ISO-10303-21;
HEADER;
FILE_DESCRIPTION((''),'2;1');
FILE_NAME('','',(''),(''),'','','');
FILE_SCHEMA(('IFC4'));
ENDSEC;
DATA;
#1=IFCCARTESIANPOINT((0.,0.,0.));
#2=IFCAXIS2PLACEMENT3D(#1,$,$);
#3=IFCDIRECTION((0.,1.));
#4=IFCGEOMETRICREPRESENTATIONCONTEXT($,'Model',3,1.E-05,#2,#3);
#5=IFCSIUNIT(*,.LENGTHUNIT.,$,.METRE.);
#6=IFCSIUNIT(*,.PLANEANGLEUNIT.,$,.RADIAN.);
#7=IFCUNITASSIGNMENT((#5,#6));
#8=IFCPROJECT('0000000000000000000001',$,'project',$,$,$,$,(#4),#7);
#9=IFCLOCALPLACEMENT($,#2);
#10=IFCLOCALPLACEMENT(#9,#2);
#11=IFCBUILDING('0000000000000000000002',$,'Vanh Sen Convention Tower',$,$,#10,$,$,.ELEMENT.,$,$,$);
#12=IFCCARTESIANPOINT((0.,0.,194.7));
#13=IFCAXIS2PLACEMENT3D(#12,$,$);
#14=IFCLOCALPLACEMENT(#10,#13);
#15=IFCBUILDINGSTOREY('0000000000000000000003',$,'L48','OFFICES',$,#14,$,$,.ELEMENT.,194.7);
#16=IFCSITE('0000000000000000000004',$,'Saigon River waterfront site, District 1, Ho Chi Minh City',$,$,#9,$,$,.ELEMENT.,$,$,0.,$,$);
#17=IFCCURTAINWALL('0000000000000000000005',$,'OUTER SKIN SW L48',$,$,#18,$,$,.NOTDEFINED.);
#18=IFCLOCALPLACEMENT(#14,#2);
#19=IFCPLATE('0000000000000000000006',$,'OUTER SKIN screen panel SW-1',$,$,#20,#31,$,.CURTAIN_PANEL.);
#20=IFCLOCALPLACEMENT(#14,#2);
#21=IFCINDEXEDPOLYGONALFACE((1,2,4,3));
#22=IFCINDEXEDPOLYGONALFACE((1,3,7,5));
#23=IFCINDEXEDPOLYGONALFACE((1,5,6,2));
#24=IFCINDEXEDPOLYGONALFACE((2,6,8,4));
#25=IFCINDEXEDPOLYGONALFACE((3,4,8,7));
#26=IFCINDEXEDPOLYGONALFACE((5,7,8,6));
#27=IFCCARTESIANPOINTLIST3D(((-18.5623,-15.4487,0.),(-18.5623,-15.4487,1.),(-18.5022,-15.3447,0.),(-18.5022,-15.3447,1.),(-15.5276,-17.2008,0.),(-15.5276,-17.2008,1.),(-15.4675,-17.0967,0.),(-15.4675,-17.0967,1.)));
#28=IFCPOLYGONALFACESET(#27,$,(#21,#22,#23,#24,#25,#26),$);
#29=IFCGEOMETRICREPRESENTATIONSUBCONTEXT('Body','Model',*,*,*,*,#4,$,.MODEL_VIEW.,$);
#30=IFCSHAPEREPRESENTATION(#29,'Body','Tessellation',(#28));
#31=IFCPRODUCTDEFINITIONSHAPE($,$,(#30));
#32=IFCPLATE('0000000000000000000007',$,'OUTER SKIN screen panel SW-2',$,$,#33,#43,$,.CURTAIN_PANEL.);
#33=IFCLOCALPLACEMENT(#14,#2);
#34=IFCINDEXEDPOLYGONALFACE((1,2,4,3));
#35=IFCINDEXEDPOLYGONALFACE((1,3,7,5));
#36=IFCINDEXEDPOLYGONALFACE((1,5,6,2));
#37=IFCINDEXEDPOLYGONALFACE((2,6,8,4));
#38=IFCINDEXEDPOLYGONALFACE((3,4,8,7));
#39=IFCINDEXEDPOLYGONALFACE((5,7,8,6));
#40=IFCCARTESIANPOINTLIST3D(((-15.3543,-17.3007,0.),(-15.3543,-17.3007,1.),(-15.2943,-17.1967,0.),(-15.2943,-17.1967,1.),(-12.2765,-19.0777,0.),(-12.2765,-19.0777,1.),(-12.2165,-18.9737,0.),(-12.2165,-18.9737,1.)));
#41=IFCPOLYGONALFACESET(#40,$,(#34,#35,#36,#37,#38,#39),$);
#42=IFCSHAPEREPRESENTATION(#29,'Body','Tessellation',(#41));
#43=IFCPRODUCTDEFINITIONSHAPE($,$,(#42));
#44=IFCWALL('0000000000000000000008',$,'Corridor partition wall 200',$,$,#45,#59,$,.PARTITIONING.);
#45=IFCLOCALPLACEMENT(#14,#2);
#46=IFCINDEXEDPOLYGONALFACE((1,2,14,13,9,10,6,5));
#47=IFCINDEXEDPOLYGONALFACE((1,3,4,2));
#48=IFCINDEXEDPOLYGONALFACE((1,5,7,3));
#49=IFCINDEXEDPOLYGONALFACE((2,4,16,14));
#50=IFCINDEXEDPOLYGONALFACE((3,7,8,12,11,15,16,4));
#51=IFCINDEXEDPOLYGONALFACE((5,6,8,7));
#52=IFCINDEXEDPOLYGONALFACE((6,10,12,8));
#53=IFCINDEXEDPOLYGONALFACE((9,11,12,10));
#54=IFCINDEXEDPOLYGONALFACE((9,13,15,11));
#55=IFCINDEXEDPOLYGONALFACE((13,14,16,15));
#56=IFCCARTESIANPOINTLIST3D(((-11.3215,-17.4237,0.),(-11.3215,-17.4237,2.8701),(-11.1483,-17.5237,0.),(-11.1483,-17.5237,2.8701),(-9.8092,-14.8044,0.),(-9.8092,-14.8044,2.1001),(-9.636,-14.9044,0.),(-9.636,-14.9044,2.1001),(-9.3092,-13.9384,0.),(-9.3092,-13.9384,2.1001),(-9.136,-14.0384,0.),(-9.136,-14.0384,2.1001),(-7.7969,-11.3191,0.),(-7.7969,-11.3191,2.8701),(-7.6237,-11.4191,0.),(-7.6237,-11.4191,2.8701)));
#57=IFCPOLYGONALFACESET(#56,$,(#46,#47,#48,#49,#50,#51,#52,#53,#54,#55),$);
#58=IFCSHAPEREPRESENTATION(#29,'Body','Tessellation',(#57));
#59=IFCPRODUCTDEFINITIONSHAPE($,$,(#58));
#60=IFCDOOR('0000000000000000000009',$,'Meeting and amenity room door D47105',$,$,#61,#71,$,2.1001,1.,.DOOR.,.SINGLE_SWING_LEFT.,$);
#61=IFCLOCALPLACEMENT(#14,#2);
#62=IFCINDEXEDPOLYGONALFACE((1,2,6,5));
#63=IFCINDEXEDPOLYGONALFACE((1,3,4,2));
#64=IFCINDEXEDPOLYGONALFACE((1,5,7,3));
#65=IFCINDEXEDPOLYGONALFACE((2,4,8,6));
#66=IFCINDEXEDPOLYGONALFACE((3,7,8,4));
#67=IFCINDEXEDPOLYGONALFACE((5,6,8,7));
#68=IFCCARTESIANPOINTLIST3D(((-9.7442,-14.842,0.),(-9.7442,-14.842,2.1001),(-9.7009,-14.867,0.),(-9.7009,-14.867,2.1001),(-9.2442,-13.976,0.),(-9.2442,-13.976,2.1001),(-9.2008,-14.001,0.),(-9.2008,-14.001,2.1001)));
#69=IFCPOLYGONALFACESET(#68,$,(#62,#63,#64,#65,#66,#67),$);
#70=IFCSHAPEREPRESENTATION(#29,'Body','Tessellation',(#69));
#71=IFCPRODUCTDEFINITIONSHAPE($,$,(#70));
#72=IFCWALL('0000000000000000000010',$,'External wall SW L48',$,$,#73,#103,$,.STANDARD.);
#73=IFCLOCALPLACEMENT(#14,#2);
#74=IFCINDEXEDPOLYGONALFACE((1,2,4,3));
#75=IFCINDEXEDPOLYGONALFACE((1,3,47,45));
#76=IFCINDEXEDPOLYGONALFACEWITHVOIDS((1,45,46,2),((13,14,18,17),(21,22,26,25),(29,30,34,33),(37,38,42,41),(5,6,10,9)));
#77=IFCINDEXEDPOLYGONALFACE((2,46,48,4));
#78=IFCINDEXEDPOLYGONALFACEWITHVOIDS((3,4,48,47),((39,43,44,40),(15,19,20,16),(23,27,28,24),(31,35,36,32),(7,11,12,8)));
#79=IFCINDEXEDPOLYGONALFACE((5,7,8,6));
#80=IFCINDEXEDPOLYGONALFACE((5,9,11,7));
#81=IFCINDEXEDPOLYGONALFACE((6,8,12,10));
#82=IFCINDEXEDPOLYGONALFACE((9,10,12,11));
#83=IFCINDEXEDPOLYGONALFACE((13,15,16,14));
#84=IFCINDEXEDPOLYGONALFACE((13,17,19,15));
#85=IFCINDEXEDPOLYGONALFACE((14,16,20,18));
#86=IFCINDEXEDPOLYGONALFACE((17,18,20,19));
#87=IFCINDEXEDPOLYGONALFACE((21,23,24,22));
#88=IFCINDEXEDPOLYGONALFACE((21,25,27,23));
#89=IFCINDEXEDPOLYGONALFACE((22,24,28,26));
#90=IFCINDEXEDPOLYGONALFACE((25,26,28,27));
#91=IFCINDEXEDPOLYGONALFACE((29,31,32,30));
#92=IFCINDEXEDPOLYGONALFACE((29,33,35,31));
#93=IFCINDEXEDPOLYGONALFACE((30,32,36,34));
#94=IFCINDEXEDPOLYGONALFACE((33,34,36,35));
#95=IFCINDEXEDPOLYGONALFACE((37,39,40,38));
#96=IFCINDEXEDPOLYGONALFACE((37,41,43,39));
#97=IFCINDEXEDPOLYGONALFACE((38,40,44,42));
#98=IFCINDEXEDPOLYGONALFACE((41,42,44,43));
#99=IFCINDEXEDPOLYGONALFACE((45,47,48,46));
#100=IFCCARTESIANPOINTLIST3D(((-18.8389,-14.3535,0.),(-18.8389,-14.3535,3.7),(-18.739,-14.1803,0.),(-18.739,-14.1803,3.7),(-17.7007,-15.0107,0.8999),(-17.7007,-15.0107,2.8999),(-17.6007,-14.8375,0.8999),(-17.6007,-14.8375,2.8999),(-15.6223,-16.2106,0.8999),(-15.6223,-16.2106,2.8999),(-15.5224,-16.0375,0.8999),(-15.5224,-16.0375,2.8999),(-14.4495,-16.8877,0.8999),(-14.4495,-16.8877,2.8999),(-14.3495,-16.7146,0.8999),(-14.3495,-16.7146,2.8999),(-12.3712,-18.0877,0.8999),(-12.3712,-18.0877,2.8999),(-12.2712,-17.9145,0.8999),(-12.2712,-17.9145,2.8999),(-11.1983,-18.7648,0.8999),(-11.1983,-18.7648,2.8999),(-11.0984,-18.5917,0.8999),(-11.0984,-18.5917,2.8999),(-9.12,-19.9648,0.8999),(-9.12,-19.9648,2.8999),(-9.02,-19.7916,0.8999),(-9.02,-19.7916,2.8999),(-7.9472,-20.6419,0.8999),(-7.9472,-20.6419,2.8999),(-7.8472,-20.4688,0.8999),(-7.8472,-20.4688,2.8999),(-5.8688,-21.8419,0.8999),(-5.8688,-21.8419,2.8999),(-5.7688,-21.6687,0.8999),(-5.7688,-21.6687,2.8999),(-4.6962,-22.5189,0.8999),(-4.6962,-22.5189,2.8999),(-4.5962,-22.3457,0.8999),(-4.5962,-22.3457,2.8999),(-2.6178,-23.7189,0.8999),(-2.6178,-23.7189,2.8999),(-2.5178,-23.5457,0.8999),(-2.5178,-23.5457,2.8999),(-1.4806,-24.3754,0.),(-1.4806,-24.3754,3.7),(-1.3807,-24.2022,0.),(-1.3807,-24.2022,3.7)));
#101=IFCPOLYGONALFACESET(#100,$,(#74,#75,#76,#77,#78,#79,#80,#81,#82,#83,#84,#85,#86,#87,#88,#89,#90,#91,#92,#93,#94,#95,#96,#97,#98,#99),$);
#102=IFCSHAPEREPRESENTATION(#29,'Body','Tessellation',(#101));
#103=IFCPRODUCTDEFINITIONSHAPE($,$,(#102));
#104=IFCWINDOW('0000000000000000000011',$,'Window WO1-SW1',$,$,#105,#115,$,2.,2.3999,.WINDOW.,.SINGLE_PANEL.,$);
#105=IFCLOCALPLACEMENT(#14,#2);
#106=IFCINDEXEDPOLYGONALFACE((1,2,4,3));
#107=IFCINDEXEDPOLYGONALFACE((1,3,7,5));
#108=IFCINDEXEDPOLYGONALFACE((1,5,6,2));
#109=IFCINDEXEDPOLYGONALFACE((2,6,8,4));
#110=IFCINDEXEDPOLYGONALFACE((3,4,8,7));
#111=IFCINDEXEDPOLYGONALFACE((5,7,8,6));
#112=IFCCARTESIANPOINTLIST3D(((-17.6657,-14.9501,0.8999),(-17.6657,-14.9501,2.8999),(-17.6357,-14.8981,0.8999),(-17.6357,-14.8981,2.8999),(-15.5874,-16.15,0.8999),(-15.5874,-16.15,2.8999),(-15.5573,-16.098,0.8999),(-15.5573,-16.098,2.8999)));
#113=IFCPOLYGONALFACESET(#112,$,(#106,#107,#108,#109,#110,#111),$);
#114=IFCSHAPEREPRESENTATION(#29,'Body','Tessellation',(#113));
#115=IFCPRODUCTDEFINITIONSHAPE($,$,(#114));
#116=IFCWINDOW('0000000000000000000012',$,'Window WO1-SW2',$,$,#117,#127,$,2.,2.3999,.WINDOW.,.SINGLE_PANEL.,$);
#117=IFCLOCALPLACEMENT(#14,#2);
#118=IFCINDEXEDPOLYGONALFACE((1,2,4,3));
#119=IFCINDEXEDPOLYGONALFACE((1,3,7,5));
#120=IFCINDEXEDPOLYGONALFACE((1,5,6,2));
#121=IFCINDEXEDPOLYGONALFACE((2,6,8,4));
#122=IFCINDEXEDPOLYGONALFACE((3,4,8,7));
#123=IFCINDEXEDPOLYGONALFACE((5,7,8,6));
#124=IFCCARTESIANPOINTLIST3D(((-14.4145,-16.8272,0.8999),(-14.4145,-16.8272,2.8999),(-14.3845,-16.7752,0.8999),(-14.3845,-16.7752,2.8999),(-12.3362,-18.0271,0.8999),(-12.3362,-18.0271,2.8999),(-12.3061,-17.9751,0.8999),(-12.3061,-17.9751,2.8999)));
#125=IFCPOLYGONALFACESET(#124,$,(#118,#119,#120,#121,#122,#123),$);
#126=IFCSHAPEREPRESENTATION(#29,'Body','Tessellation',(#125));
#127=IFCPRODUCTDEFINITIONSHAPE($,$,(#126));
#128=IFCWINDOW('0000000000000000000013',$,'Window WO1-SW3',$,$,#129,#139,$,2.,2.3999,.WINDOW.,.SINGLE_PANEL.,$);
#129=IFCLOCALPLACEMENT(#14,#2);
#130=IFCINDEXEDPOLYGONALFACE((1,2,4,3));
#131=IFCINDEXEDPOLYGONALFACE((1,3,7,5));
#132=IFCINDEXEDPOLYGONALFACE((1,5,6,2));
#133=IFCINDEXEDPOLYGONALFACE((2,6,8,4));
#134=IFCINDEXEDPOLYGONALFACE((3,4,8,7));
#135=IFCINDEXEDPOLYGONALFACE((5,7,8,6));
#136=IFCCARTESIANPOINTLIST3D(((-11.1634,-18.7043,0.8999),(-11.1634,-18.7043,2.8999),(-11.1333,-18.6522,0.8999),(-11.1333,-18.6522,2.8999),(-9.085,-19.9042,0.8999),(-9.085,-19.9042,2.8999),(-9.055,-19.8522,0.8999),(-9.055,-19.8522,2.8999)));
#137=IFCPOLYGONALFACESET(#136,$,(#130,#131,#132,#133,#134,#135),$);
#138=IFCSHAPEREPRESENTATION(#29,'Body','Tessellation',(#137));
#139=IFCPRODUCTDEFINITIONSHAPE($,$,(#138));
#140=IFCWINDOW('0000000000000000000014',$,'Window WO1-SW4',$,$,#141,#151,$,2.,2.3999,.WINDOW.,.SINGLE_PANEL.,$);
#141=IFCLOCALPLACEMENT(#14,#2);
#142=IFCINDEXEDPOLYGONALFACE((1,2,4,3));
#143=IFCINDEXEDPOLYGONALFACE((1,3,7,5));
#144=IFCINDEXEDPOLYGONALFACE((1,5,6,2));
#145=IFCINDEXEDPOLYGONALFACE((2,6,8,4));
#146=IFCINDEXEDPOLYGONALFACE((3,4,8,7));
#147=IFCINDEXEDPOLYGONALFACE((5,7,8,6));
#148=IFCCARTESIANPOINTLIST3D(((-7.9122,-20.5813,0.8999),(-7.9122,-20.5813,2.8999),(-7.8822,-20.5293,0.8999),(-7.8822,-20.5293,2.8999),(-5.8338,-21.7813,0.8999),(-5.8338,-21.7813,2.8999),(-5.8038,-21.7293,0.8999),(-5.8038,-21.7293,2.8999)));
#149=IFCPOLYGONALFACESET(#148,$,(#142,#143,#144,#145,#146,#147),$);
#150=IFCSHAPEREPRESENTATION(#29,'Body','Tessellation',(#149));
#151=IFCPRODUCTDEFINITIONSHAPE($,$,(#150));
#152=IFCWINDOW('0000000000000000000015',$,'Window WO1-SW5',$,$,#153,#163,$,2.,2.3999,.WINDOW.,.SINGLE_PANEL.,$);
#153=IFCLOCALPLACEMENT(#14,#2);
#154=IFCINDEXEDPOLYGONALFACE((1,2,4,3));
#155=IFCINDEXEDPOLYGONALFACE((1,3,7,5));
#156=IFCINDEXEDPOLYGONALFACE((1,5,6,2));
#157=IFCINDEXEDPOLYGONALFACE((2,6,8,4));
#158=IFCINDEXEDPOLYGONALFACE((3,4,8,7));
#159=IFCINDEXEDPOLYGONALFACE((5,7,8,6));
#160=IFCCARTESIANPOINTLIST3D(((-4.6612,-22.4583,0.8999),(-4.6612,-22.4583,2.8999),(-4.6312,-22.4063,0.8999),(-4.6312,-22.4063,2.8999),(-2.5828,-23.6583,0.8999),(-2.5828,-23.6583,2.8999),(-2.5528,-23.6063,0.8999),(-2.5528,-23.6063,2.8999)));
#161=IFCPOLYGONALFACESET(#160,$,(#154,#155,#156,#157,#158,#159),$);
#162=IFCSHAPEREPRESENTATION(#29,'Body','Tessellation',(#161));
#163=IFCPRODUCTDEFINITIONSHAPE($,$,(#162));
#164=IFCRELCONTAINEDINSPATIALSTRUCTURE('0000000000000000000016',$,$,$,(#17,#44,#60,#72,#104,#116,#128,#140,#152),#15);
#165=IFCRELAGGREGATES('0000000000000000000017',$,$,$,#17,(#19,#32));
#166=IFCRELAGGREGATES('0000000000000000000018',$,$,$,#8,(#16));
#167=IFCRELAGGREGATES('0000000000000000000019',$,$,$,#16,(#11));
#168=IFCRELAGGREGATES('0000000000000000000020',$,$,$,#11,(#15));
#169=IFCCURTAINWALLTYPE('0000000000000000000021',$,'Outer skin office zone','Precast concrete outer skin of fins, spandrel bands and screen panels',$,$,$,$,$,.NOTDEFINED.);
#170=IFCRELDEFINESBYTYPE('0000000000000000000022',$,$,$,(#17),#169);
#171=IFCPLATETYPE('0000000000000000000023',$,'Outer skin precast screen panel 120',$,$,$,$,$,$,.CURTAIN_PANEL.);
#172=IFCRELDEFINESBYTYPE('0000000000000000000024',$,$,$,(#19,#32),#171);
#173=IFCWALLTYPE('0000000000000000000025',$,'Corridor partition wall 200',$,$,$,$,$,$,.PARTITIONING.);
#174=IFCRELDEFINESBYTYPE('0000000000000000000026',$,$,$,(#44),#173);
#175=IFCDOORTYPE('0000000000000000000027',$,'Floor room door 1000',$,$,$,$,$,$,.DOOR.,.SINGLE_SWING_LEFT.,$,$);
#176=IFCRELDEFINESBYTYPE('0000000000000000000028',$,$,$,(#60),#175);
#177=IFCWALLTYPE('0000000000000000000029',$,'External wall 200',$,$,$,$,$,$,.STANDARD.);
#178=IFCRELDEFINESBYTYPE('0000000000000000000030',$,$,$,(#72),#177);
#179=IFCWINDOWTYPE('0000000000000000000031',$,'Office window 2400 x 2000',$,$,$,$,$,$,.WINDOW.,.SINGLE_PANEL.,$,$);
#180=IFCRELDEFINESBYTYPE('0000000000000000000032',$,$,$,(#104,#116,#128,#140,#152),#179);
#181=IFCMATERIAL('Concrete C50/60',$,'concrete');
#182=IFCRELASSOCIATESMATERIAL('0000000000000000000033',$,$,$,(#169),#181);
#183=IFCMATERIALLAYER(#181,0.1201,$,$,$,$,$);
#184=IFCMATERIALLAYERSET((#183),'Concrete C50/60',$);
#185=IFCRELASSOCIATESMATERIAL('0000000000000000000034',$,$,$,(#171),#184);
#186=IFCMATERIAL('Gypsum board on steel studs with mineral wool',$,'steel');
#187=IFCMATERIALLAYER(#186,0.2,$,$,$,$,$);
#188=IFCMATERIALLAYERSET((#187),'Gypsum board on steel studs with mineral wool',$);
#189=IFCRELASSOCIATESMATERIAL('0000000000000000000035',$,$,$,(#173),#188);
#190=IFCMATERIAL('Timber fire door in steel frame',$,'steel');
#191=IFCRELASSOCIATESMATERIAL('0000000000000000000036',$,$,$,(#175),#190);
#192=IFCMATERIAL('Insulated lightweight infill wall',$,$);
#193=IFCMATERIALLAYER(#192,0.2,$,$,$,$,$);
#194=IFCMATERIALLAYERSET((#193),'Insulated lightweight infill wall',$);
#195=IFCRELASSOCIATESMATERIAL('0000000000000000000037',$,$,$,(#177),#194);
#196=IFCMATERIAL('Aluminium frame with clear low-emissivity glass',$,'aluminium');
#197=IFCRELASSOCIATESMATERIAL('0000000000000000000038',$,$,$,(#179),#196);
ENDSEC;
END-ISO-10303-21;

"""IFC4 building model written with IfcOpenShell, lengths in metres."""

from ifc_helpers import new_model, si_unit, direction, frame, frame_2d, origin, origin_2d, place, context, subcontext, project, spatial, rectangle, extrude, material, layer, layer_set, type_object, element, fill, aggregate, save


model = new_model("IFC4")

# Units and contexts
model_context = context("Model", 3, precision=1e-05, world=origin(), true_north=direction((0.0, 1.0)))
body_context = subcontext(model_context, "Body", "Model", "MODEL_VIEW")
ifc_project = project(units=[si_unit("LENGTHUNIT", "METRE"), si_unit("PLANEANGLEUNIT", "RADIAN")], contexts=[model_context])

# Site, building, storey
site_placement = place(None, origin())
site = spatial("IfcSite", under=ifc_project, at=site_placement, Name="Saigon River waterfront site, District 1, Ho Chi Minh City", CompositionType="ELEMENT", RefElevation=0.0)
building_placement = place(site_placement, origin())
building = spatial("IfcBuilding", under=site, at=building_placement, Name="Vanh Sen Convention Tower", CompositionType="ELEMENT")
storey_placement = place(building_placement, frame((0.0, 0.0, 194.7)))
storey = spatial("IfcBuildingStorey", under=building, at=storey_placement, Name="L48", Description="OFFICES", CompositionType="ELEMENT", Elevation=194.7)

# Curtain wall
ifc_material_1 = material(Name="Concrete C50/60", Category="concrete")
curtain_wall_type = type_object("IfcCurtainWallType", Name="Outer skin office zone", Description="Precast concrete outer skin of fins, spandrel bands and screen panels", PredefinedType="NOTDEFINED", material=ifc_material_1)
curtain_wall_1_placement = place(storey_placement, origin())
curtain_wall_1 = element("IfcCurtainWall", 1, at=curtain_wall_1_placement, inside=storey, type_object=curtain_wall_type, Name="OUTER SKIN SW L48", PredefinedType="NOTDEFINED")

# Shared definitions
ifc_layer_1 = layer(ifc_material_1, 0.1201)
ifc_layer_set_1 = layer_set([ifc_layer_1], Name="Concrete C50/60")
plate_type = type_object("IfcPlateType", Name="Outer skin precast screen panel 120", PredefinedType="CURTAIN_PANEL", material=ifc_layer_set_1)

# Plates
plate_1_placement = place(storey_placement, frame((-17.0149, -16.2727, 0.0), z_axis=(0.0, 0.0, 1.0), x_axis=(0.866024, -0.500003, 0.0)))
plate_1 = element("IfcPlate", 2, at=plate_1_placement, type_object=plate_type, Name="OUTER SKIN screen panel SW-1", PredefinedType="CURTAIN_PANEL", context=body_context, shape_type="SweptSolid", body=[
    extrude(rectangle(XDim=3.5042, YDim=0.1201, at=origin_2d()), origin(), (0.0, 0.0, 1.0), 1.0),
])
plate_2_placement = place(storey_placement, frame((-13.7854, -18.1372, 0.0), z_axis=(0.0, 0.0, 1.0), x_axis=(0.866028, -0.499995, 0.0)))
plate_2 = element("IfcPlate", 3, at=plate_2_placement, type_object=plate_type, Name="OUTER SKIN screen panel SW-2", PredefinedType="CURTAIN_PANEL", context=body_context, shape_type="SweptSolid", body=[
    extrude(rectangle(XDim=3.554, YDim=0.1201, at=origin_2d()), origin(), (0.0, 0.0, 1.0), 1.0),
])
aggregate(curtain_wall_1, [plate_1, plate_2])

# Wall, opening, door
ifc_material_2 = material(Name="Gypsum board on steel studs with mineral wool", Category="steel")
ifc_layer_2 = layer(ifc_material_2, 0.2)
ifc_layer_set_2 = layer_set([ifc_layer_2], Name="Gypsum board on steel studs with mineral wool")
wall_type_1 = type_object("IfcWallType", Name="Corridor partition wall 200", PredefinedType="PARTITIONING", material=ifc_layer_set_2)
wall_1_placement = place(storey_placement, frame((-11.2349, -17.4736, 0.0), z_axis=(0.0, 0.0, 1.0), x_axis=(0.500009, 0.86602, 0.0)))
wall_1 = element("IfcWall", 4, at=wall_1_placement, inside=storey, type_object=wall_type_1, Name="Corridor partition wall 200", PredefinedType="PARTITIONING", context=body_context, shape_type="SweptSolid", body=[
    extrude(rectangle(XDim=7.0491, YDim=0.2, at=frame_2d((3.5244, 0.0))), origin(), (0.0, 0.0, 1.0), 2.8701),
])
opening_1_placement = place(wall_1_placement, frame((3.0244, 0.0, 0.0)))
opening_1 = element("IfcOpeningElement", 5, at=opening_1_placement, cuts=wall_1, PredefinedType="OPENING", context=body_context, shape_type="SweptSolid", body=[
    extrude(rectangle(XDim=1.0, YDim=2.1001, at=frame_2d((0.5, 1.05))), frame((0.0, 0.1099, 0.0), z_axis=(0.0, -1.0, 0.0), x_axis=(1.0, 0.0, 0.0)), (0.0, 0.0, 1.0), 0.22),
])
ifc_material_3 = material(Name="Timber fire door in steel frame", Category="steel")
door_type = type_object("IfcDoorType", Name="Floor room door 1000", OperationType="SINGLE_SWING_LEFT", PredefinedType="DOOR", material=ifc_material_3)
door_placement = place(opening_1_placement, origin())
door = element("IfcDoor", 6, at=door_placement, inside=storey, type_object=door_type, Name="Meeting and amenity room door D47105", OperationType="SINGLE_SWING_LEFT", OverallHeight=2.1001, OverallWidth=1.0, PredefinedType="DOOR", context=body_context, shape_type="SweptSolid", body=[
    extrude(rectangle(XDim=1.0, YDim=2.1001, at=frame_2d((0.5, 1.05))), frame((0.0, 0.0249, 0.0), z_axis=(0.0, -1.0, 0.0), x_axis=(1.0, 0.0, 0.0)), (0.0, 0.0, 1.0), 0.05),
])
fill(opening_1, door)

# Wall, openings, windows
ifc_material_4 = material(Name="Insulated lightweight infill wall")
ifc_layer_3 = layer(ifc_material_4, 0.2)
ifc_layer_set_3 = layer_set([ifc_layer_3], Name="Insulated lightweight infill wall")
wall_type_2 = type_object("IfcWallType", Name="External wall 200", PredefinedType="STANDARD", material=ifc_layer_set_3)
wall_2_placement = place(storey_placement, frame((-18.7891, -14.2668, 0.0), z_axis=(0.0, 0.0, 1.0), x_axis=(0.866023, -0.500004, 0.0)))
wall_2 = element("IfcWall", 7, at=wall_2_placement, inside=storey, type_object=wall_type_2, Name="External wall SW L48", PredefinedType="STANDARD", context=body_context, shape_type="SweptSolid", body=[
    extrude(rectangle(XDim=20.0437, YDim=0.2, at=frame_2d((10.022, 0.0))), origin(), (0.0, 0.0, 1.0), 3.7),
])
opening_2_placement = place(wall_2_placement, frame((1.3145, 0.0, 0.8999)))
opening_2 = element("IfcOpeningElement", 8, at=opening_2_placement, cuts=wall_2, PredefinedType="OPENING", context=body_context, shape_type="SweptSolid", body=[
    extrude(rectangle(XDim=2.3999, YDim=2.0, at=frame_2d((1.2, 1.0))), frame((0.0, 0.1099, 0.0), z_axis=(0.0, -1.0, 0.0), x_axis=(1.0, 0.0, 0.0)), (0.0, 0.0, 1.0), 0.22),
])
opening_3_placement = place(wall_2_placement, frame((5.0686, 0.0, 0.8999)))
opening_3 = element("IfcOpeningElement", 9, at=opening_3_placement, cuts=wall_2, PredefinedType="OPENING", context=body_context, shape_type="SweptSolid", body=[
    extrude(rectangle(XDim=2.3999, YDim=2.0, at=frame_2d((1.2, 1.0))), frame((0.0, 0.1099, 0.0), z_axis=(0.0, -1.0, 0.0), x_axis=(1.0, 0.0, 0.0)), (0.0, 0.0, 1.0), 0.22),
])
opening_4_placement = place(wall_2_placement, frame((8.8228, 0.0, 0.8999)))
opening_4 = element("IfcOpeningElement", 10, at=opening_4_placement, cuts=wall_2, PredefinedType="OPENING", context=body_context, shape_type="SweptSolid", body=[
    extrude(rectangle(XDim=2.3999, YDim=2.0, at=frame_2d((1.2, 1.0))), frame((0.0, 0.1099, 0.0), z_axis=(0.0, -1.0, 0.0), x_axis=(1.0, 0.0, 0.0)), (0.0, 0.0, 1.0), 0.22),
])
opening_5_placement = place(wall_2_placement, frame((12.5769, 0.0, 0.8999)))
opening_5 = element("IfcOpeningElement", 11, at=opening_5_placement, cuts=wall_2, PredefinedType="OPENING", context=body_context, shape_type="SweptSolid", body=[
    extrude(rectangle(XDim=2.3999, YDim=2.0, at=frame_2d((1.2, 1.0))), frame((0.0, 0.1099, 0.0), z_axis=(0.0, -1.0, 0.0), x_axis=(1.0, 0.0, 0.0)), (0.0, 0.0, 1.0), 0.22),
])
opening_6_placement = place(wall_2_placement, frame((16.3308, 0.0, 0.8999)))
opening_6 = element("IfcOpeningElement", 12, at=opening_6_placement, cuts=wall_2, PredefinedType="OPENING", context=body_context, shape_type="SweptSolid", body=[
    extrude(rectangle(XDim=2.3999, YDim=2.0, at=frame_2d((1.2, 1.0))), frame((0.0, 0.1099, 0.0), z_axis=(0.0, -1.0, 0.0), x_axis=(1.0, 0.0, 0.0)), (0.0, 0.0, 1.0), 0.22),
])
ifc_material_5 = material(Name="Aluminium frame with clear low-emissivity glass", Category="aluminium")
window_type = type_object("IfcWindowType", Name="Office window 2400 x 2000", PartitioningType="SINGLE_PANEL", PredefinedType="WINDOW", material=ifc_material_5)
window_1_placement = place(opening_2_placement, origin())
window_1 = element("IfcWindow", 13, at=window_1_placement, inside=storey, type_object=window_type, Name="Window WO1-SW1", OverallHeight=2.0, OverallWidth=2.3999, PartitioningType="SINGLE_PANEL", PredefinedType="WINDOW", context=body_context, shape_type="SweptSolid", body=[
    extrude(rectangle(XDim=2.3999, YDim=2.0, at=frame_2d((1.2, 1.0))), frame((0.0, 0.03, 0.0), z_axis=(0.0, -1.0, 0.0), x_axis=(1.0, 0.0, 0.0)), (0.0, 0.0, 1.0), 0.0601),
])
fill(opening_2, window_1)
window_2_placement = place(opening_3_placement, origin())
window_2 = element("IfcWindow", 14, at=window_2_placement, inside=storey, type_object=window_type, Name="Window WO1-SW2", OverallHeight=2.0, OverallWidth=2.3999, PartitioningType="SINGLE_PANEL", PredefinedType="WINDOW", context=body_context, shape_type="SweptSolid", body=[
    extrude(rectangle(XDim=2.3999, YDim=2.0, at=frame_2d((1.2, 1.0))), frame((0.0, 0.03, 0.0), z_axis=(0.0, -1.0, 0.0), x_axis=(1.0, 0.0, 0.0)), (0.0, 0.0, 1.0), 0.0601),
])
fill(opening_3, window_2)
window_3_placement = place(opening_4_placement, origin())
window_3 = element("IfcWindow", 15, at=window_3_placement, inside=storey, type_object=window_type, Name="Window WO1-SW3", OverallHeight=2.0, OverallWidth=2.3999, PartitioningType="SINGLE_PANEL", PredefinedType="WINDOW", context=body_context, shape_type="SweptSolid", body=[
    extrude(rectangle(XDim=2.3999, YDim=2.0, at=frame_2d((1.2, 1.0))), frame((0.0, 0.03, 0.0), z_axis=(0.0, -1.0, 0.0), x_axis=(1.0, 0.0, 0.0)), (0.0, 0.0, 1.0), 0.0601),
])
fill(opening_4, window_3)
window_4_placement = place(opening_5_placement, origin())
window_4 = element("IfcWindow", 16, at=window_4_placement, inside=storey, type_object=window_type, Name="Window WO1-SW4", OverallHeight=2.0, OverallWidth=2.3999, PartitioningType="SINGLE_PANEL", PredefinedType="WINDOW", context=body_context, shape_type="SweptSolid", body=[
    extrude(rectangle(XDim=2.3999, YDim=2.0, at=frame_2d((1.2, 1.0))), frame((0.0, 0.03, 0.0), z_axis=(0.0, -1.0, 0.0), x_axis=(1.0, 0.0, 0.0)), (0.0, 0.0, 1.0), 0.0601),
])
fill(opening_5, window_4)
window_5_placement = place(opening_6_placement, origin())
window_5 = element("IfcWindow", 17, at=window_5_placement, inside=storey, type_object=window_type, Name="Window WO1-SW5", OverallHeight=2.0, OverallWidth=2.3999, PartitioningType="SINGLE_PANEL", PredefinedType="WINDOW", context=body_context, shape_type="SweptSolid", body=[
    extrude(rectangle(XDim=2.3999, YDim=2.0, at=frame_2d((1.2, 1.0))), frame((0.0, 0.03, 0.0), z_axis=(0.0, -1.0, 0.0), x_axis=(1.0, 0.0, 0.0)), (0.0, 0.0, 1.0), 0.0601),
])
fill(opening_6, window_5)

save(model, "model.ifc")
